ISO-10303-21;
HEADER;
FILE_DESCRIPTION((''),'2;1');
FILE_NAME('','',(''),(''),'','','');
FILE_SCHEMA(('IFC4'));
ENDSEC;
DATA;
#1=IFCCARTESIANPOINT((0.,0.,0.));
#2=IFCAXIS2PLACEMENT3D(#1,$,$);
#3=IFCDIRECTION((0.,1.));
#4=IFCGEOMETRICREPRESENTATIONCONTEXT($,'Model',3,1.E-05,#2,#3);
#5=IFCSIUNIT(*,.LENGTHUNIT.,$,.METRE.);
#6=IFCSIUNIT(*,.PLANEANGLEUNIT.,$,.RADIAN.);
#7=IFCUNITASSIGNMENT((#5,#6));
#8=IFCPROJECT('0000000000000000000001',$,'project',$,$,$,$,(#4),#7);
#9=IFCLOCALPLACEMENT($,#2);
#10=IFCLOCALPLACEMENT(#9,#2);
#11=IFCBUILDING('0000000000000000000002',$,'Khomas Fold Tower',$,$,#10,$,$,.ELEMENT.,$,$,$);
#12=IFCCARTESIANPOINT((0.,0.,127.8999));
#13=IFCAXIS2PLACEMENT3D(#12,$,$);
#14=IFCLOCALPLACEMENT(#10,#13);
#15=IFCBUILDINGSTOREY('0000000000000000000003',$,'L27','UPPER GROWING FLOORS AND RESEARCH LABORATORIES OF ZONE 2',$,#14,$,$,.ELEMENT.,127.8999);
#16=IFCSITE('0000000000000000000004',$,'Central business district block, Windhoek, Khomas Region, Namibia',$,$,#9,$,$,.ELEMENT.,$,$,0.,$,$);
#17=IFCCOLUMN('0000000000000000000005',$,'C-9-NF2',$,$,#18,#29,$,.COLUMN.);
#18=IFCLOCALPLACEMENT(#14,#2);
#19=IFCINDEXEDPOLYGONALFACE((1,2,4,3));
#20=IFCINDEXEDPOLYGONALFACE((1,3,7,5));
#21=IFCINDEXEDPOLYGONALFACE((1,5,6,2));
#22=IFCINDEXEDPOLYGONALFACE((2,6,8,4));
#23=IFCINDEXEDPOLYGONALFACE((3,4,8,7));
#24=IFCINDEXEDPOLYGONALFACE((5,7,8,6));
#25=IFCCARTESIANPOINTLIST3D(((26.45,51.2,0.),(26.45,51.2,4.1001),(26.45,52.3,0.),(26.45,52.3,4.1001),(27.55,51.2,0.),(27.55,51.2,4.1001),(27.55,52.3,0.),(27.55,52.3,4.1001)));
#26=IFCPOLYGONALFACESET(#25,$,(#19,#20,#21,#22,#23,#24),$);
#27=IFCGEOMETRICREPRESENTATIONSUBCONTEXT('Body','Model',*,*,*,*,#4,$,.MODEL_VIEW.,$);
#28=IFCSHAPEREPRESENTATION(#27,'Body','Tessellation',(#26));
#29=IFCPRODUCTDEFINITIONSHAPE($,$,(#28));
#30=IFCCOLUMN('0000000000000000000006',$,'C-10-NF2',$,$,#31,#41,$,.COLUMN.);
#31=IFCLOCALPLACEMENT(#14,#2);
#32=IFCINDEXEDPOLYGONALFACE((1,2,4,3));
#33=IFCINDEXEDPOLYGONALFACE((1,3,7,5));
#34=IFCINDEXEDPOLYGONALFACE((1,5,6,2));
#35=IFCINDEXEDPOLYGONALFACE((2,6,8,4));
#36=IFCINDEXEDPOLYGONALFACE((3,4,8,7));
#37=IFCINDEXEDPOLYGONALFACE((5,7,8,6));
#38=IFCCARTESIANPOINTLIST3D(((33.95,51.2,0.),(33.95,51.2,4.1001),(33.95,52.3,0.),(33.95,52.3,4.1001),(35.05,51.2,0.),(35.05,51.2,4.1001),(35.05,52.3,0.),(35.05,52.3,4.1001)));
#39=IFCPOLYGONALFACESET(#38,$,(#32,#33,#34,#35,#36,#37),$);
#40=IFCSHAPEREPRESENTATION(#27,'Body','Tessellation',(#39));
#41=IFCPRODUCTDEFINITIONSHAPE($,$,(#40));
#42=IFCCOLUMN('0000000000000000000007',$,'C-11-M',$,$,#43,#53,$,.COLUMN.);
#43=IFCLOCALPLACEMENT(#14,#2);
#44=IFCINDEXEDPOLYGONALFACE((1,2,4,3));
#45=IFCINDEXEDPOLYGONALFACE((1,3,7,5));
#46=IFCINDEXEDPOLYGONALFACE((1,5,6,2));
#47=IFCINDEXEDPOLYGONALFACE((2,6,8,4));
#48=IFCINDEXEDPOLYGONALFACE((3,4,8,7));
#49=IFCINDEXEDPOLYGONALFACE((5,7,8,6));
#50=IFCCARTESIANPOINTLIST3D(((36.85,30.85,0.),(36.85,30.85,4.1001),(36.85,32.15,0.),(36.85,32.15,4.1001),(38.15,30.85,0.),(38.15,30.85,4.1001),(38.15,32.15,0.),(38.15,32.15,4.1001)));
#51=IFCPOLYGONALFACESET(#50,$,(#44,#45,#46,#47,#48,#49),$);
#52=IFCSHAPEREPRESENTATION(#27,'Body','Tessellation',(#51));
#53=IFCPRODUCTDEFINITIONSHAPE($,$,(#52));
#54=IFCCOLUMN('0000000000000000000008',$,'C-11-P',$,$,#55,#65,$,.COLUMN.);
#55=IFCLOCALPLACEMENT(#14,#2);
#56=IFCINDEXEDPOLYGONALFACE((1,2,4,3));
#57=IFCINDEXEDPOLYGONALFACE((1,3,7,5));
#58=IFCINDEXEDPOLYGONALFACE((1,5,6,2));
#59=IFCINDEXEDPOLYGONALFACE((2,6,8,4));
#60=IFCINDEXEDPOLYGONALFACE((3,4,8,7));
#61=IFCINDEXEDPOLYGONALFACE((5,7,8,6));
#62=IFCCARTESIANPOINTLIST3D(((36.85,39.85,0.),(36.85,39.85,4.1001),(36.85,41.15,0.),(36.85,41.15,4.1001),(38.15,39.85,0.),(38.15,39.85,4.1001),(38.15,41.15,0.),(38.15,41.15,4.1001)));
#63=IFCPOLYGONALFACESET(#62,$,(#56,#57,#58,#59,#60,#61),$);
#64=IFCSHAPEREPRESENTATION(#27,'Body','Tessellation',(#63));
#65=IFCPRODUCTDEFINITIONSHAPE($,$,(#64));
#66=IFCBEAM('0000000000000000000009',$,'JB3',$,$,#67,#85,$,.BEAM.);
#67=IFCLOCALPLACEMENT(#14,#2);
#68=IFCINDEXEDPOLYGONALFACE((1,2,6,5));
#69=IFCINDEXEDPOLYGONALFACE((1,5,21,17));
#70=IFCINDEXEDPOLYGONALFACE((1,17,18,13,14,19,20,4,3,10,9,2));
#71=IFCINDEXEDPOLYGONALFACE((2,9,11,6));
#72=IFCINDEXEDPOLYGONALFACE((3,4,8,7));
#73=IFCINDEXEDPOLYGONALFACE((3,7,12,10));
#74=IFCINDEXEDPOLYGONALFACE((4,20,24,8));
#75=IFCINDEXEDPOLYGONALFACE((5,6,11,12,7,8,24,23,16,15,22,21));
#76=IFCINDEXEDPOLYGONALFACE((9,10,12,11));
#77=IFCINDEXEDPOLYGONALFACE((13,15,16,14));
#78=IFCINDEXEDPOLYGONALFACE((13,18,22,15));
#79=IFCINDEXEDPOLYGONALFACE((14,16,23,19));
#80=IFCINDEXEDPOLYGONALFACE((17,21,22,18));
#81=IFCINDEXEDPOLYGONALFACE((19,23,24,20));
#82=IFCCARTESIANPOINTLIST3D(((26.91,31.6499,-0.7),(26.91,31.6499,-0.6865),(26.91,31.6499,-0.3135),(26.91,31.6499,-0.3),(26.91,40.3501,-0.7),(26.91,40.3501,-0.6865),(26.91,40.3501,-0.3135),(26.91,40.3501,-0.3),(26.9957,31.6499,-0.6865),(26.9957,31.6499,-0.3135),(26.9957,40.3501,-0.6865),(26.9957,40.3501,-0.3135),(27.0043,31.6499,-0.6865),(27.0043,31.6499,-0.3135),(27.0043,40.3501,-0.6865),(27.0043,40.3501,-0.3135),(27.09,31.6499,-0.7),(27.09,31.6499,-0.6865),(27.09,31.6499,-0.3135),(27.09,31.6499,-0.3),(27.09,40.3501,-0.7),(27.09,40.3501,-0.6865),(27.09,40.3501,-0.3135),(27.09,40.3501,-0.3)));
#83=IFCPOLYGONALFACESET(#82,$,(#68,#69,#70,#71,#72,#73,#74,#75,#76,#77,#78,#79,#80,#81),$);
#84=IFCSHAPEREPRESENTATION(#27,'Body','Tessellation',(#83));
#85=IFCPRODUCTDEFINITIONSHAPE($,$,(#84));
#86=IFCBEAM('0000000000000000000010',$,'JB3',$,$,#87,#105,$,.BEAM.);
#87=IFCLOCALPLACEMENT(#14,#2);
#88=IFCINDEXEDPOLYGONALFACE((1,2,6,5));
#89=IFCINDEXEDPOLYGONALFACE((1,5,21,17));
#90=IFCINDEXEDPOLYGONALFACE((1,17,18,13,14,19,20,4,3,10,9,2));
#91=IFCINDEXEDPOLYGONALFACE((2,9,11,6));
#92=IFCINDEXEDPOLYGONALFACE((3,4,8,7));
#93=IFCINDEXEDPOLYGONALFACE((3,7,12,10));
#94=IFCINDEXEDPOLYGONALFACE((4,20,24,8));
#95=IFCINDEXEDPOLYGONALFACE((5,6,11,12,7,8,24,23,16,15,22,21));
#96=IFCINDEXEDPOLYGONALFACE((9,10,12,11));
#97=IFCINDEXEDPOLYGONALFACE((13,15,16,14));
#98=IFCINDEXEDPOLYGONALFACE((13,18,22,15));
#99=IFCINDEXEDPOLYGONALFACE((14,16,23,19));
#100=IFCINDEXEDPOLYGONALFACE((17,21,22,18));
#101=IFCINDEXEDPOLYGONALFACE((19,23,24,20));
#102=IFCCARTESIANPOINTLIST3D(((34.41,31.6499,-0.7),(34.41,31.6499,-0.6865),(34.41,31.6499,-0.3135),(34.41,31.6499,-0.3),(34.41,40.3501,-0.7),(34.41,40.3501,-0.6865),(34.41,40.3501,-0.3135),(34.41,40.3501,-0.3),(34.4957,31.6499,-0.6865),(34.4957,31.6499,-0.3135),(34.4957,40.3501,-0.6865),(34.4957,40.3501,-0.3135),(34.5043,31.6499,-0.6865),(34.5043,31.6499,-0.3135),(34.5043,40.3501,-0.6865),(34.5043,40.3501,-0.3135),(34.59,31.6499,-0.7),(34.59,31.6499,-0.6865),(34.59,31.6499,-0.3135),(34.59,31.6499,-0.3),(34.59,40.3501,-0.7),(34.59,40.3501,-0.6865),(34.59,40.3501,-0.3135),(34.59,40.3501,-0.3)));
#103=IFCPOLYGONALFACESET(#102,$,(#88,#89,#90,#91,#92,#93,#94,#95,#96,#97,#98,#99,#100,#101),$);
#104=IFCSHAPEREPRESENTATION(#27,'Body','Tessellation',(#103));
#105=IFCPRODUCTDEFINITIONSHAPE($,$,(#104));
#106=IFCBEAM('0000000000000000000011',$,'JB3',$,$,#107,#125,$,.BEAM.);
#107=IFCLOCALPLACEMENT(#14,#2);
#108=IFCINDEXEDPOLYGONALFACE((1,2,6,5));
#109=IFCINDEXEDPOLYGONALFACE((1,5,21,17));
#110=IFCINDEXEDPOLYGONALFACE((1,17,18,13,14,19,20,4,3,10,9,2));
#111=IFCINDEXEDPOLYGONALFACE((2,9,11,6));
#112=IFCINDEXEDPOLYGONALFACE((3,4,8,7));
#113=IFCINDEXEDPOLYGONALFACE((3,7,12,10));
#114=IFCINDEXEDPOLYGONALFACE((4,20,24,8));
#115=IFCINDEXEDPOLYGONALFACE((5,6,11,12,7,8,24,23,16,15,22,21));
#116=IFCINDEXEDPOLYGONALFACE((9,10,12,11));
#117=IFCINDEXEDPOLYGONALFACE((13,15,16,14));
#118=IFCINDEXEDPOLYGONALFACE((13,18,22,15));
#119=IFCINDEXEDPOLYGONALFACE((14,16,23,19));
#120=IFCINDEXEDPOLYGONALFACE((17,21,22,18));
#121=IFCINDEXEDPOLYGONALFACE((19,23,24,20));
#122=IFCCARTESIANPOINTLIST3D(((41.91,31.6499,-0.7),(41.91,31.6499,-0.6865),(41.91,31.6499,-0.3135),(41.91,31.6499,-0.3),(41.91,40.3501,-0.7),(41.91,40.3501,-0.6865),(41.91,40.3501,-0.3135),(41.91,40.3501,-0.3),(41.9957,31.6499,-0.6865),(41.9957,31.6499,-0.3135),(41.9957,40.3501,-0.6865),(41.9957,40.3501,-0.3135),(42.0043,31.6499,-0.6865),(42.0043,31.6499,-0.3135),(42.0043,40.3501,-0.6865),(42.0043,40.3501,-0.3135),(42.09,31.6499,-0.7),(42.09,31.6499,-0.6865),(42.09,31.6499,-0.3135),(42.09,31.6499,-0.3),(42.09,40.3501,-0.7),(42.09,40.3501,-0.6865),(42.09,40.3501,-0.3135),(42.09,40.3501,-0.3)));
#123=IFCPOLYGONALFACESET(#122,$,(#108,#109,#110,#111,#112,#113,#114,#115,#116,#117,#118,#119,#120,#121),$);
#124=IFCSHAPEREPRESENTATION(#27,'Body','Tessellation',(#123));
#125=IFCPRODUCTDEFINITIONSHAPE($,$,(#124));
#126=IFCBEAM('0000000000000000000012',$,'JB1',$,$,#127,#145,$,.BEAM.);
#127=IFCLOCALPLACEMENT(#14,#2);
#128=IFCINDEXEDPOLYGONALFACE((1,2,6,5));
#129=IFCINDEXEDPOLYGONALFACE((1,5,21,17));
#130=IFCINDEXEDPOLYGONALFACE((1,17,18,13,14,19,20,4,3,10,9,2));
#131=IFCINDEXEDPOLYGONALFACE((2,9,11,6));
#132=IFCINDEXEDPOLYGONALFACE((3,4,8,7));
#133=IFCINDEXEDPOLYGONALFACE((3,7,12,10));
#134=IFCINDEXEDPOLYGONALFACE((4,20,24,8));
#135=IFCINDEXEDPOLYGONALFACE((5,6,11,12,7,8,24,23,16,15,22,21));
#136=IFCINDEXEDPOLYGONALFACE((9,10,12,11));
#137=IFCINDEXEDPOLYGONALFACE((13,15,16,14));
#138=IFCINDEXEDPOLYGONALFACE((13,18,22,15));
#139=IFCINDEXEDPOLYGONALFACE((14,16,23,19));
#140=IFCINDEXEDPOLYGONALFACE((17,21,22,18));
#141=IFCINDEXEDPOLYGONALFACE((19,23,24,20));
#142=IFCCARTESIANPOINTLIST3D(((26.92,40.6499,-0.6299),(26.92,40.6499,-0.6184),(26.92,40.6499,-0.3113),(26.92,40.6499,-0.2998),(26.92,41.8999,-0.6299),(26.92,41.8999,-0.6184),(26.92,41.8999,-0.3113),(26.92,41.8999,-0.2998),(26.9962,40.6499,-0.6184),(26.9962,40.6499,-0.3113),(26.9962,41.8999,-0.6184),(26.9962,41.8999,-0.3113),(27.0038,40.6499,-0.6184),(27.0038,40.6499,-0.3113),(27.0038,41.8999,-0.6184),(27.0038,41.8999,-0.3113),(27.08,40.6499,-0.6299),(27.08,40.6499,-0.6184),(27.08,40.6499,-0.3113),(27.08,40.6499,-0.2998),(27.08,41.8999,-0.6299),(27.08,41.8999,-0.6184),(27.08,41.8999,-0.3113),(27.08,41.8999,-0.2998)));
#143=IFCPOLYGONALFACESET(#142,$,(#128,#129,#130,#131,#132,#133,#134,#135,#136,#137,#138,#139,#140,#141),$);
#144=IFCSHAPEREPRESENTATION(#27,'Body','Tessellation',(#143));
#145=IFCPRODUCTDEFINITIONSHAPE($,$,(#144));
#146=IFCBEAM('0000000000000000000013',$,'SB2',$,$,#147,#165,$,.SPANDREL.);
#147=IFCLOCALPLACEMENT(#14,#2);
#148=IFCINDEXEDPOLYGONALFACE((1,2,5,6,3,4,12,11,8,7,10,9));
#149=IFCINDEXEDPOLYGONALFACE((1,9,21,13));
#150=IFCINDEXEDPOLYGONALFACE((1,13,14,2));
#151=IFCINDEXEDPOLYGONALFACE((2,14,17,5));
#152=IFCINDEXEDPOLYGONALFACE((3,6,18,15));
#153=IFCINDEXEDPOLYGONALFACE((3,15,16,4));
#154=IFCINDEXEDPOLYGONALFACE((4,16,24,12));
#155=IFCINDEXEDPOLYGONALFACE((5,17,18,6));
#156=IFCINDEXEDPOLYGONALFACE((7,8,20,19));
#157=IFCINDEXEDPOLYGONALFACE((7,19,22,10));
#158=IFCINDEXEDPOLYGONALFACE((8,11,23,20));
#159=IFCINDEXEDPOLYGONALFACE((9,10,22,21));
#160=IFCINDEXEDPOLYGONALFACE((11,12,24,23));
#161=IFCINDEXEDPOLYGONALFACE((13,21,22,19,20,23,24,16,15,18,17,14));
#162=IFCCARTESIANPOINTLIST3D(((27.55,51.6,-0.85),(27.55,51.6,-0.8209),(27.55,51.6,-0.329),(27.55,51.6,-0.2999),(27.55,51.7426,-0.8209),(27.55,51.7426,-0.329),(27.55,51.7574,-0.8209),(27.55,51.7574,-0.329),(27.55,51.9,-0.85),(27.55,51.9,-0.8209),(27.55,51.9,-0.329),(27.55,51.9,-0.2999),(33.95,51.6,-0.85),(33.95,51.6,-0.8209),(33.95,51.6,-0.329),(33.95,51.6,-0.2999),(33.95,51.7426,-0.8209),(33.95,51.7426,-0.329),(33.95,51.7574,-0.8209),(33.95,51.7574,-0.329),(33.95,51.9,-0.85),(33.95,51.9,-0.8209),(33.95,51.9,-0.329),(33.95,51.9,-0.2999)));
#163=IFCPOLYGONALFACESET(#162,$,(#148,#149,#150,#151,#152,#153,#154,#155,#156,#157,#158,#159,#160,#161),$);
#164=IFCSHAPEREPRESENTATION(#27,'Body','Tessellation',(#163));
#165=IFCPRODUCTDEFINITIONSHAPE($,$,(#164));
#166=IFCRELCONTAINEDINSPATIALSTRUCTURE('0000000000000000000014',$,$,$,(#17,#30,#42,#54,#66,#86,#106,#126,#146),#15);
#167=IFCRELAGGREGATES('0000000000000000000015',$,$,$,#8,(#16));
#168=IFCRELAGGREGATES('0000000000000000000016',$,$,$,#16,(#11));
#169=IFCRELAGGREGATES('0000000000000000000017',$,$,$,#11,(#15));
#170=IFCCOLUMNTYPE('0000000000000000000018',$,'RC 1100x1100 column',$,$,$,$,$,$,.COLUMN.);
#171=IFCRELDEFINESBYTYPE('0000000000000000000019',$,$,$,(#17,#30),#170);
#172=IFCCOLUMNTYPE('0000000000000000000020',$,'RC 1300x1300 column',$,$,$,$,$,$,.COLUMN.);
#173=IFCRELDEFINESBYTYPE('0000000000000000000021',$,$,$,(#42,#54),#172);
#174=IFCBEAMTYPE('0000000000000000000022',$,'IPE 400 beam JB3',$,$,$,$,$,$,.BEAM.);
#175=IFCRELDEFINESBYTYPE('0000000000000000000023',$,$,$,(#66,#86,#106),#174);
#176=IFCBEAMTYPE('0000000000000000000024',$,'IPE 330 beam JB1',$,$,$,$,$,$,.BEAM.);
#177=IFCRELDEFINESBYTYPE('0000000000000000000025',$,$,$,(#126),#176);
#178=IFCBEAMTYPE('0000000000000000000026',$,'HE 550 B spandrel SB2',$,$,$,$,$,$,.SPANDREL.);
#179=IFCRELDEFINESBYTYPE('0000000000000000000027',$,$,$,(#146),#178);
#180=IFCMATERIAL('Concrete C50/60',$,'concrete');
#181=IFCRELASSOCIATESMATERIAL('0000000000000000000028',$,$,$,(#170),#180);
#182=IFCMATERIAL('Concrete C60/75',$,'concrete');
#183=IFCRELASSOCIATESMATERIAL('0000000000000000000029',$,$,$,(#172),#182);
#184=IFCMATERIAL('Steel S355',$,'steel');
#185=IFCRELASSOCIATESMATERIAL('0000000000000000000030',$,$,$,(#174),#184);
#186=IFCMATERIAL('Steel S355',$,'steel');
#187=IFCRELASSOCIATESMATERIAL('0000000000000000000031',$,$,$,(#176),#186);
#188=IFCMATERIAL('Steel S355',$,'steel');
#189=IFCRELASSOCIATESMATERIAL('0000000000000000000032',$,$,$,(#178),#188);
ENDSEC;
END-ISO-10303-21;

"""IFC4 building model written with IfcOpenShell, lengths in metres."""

from ifc_helpers import new_model, si_unit, direction, frame, origin, origin_2d, place, context, subcontext, project, spatial, rectangle, i_section, extrude, source, transform, mapped, material, material_profile, profile_set, type_object, element, save


model = new_model("IFC4")

# Units and contexts
model_context = context("Model", 3, precision=1e-05, world=origin(), true_north=direction((0.0, 1.0)))
body_context = subcontext(model_context, "Body", "Model", "MODEL_VIEW")
ifc_project = project(units=[si_unit("LENGTHUNIT", "METRE"), si_unit("PLANEANGLEUNIT", "RADIAN")], contexts=[model_context])

# Site, building, storey
site_placement = place(None, origin())
site = spatial("IfcSite", under=ifc_project, at=site_placement, Name="Central business district block, Windhoek, Khomas Region, Namibia", CompositionType="ELEMENT", RefElevation=0.0)
building_placement = place(site_placement, origin())
building = spatial("IfcBuilding", under=site, at=building_placement, Name="Khomas Fold Tower", CompositionType="ELEMENT")
storey_placement = place(building_placement, frame((0.0, 0.0, 127.8999)))
storey = spatial("IfcBuildingStorey", under=building, at=storey_placement, Name="L27", Description="UPPER GROWING FLOORS AND RESEARCH LABORATORIES OF ZONE 2", CompositionType="ELEMENT", Elevation=127.8999)

# Columns
ifc_material_1 = material(Name="Concrete C50/60", Category="concrete")
ifc_material_profile_1 = material_profile(ifc_material_1, rectangle(XDim=1.1001, YDim=1.1001, at=origin_2d()), Name="RC 1100x1100")
ifc_profile_set_1 = profile_set([ifc_material_profile_1], Name="Concrete C50/60")
column_type_1 = type_object("IfcColumnType", Name="RC 1100x1100 column", PredefinedType="COLUMN", material=ifc_profile_set_1)
shared_shape_1 = source(origin(), body_context, "Body", "SweptSolid", [
    extrude(rectangle(XDim=1.1001, YDim=1.1001, at=origin_2d()), origin(), (0.0, 0.0, 1.0), 4.1001),
])
for number, where, z_axis, x_axis, name in (
    (1, (27.0, 51.75, 0.0), (0.0, 0.0, 1.0), (1.0, 0.0, 0.0), "C-9-NF2"),
    (2, (34.5, 51.75, 0.0), (0.0, 0.0, 1.0), (1.0, 0.0, 0.0), "C-10-NF2"),
):
    element("IfcColumn", number, at=place(storey_placement, frame(where, z_axis=z_axis, x_axis=x_axis)), inside=storey, type_object=column_type_1, Name=name, PredefinedType="COLUMN", context=body_context, shape_type="MappedRepresentation", body=[
        mapped(shared_shape_1, transform((0.0, 0.0, 0.0))),
    ])
ifc_material_2 = material(Name="Concrete C60/75", Category="concrete")
ifc_material_profile_2 = material_profile(ifc_material_2, rectangle(XDim=1.3, YDim=1.3, at=origin_2d()), Name="RC 1300x1300")
ifc_profile_set_2 = profile_set([ifc_material_profile_2], Name="Concrete C60/75")
column_type_2 = type_object("IfcColumnType", Name="RC 1300x1300 column", PredefinedType="COLUMN", material=ifc_profile_set_2)
shared_shape_2 = source(origin(), body_context, "Body", "SweptSolid", [
    extrude(rectangle(XDim=1.3, YDim=1.3, at=origin_2d()), origin(), (0.0, 0.0, 1.0), 4.1001),
])
for number, where, z_axis, x_axis, name in (
    (3, (37.5, 31.5, 0.0), (0.0, 0.0, 1.0), (1.0, 0.0, 0.0), "C-11-M"),
    (4, (37.5, 40.5, 0.0), (0.0, 0.0, 1.0), (1.0, 0.0, 0.0), "C-11-P"),
):
    element("IfcColumn", number, at=place(storey_placement, frame(where, z_axis=z_axis, x_axis=x_axis)), inside=storey, type_object=column_type_2, Name=name, PredefinedType="COLUMN", context=body_context, shape_type="MappedRepresentation", body=[
        mapped(shared_shape_2, transform((0.0, 0.0, 0.0))),
    ])

# Beams
ifc_material_3 = material(Name="Steel S355", Category="steel")
ifc_material_profile_3 = material_profile(ifc_material_3, i_section(OverallWidth=0.1799, OverallDepth=0.3999, WebThickness=0.0085, FlangeThickness=0.0134, at=origin_2d()), Name="IPE 400")
ifc_profile_set_3 = profile_set([ifc_material_profile_3], Name="Steel S355")
beam_type_1 = type_object("IfcBeamType", Name="IPE 400 beam JB3", PredefinedType="BEAM", material=ifc_profile_set_3)
shared_shape_3 = source(origin(), body_context, "Body", "SweptSolid", [
    extrude(i_section(OverallWidth=0.1799, OverallDepth=0.3999, WebThickness=0.0085, FlangeThickness=0.0134, at=origin_2d()), origin(), (0.0, 0.0, 1.0), 8.7002),
])
for number, where, z_axis, x_axis, name in (
    (5, (27.0, 31.6499, -0.5), (0.0, 1.0, 0.0), (-1.0, 0.0, 0.0), "JB3"),
    (6, (34.5, 31.6499, -0.5), (0.0, 1.0, 0.0), (-1.0, 0.0, 0.0), "JB3"),
    (7, (42.0, 31.6499, -0.5), (0.0, 1.0, 0.0), (-1.0, 0.0, 0.0), "JB3"),
):
    element("IfcBeam", number, at=place(storey_placement, frame(where, z_axis=z_axis, x_axis=x_axis)), inside=storey, type_object=beam_type_1, Name=name, PredefinedType="BEAM", context=body_context, shape_type="MappedRepresentation", body=[
        mapped(shared_shape_3, transform((0.0, 0.0, 0.0))),
    ])
ifc_material_4 = material(Name="Steel S355", Category="steel")
ifc_material_profile_4 = material_profile(ifc_material_4, i_section(OverallWidth=0.1599, OverallDepth=0.3301, WebThickness=0.0076, FlangeThickness=0.0115, at=origin_2d()), Name="IPE 330")
ifc_profile_set_4 = profile_set([ifc_material_profile_4], Name="Steel S355")
beam_type_2 = type_object("IfcBeamType", Name="IPE 330 beam JB1", PredefinedType="BEAM", material=ifc_profile_set_4)
shared_shape_4 = source(origin(), body_context, "Body", "SweptSolid", [
    extrude(i_section(OverallWidth=0.1599, OverallDepth=0.3301, WebThickness=0.0076, FlangeThickness=0.0115, at=origin_2d()), origin(), (0.0, 0.0, 1.0), 1.25),
])
beam_1_placement = place(storey_placement, frame((27.0, 40.6499, -0.4648), z_axis=(0.0, 1.0, 0.0), x_axis=(-1.0, 0.0, 0.0)))
element("IfcBeam", 8, at=beam_1_placement, inside=storey, type_object=beam_type_2, Name="JB1", PredefinedType="BEAM", context=body_context, shape_type="MappedRepresentation", body=[
    mapped(shared_shape_4, transform((0.0, 0.0, 0.0))),
])
ifc_material_5 = material(Name="Steel S355", Category="steel")
ifc_material_profile_5 = material_profile(ifc_material_5, i_section(OverallWidth=0.3, OverallDepth=0.55, WebThickness=0.0149, FlangeThickness=0.0291, at=origin_2d()), Name="HE 550 B")
ifc_profile_set_5 = profile_set([ifc_material_profile_5], Name="Steel S355")
beam_type_3 = type_object("IfcBeamType", Name="HE 550 B spandrel SB2", PredefinedType="SPANDREL", material=ifc_profile_set_5)
shared_shape_5 = source(origin(), body_context, "Body", "SweptSolid", [
    extrude(i_section(OverallWidth=0.3, OverallDepth=0.55, WebThickness=0.0149, FlangeThickness=0.0291, at=origin_2d()), origin(), (0.0, 0.0, 1.0), 6.3999),
])
beam_2_placement = place(storey_placement, frame((27.55, 51.75, -0.575), z_axis=(1.0, 0.0, 0.0), x_axis=(0.0, 1.0, 0.0)))
element("IfcBeam", 9, at=beam_2_placement, inside=storey, type_object=beam_type_3, Name="SB2", PredefinedType="SPANDREL", context=body_context, shape_type="MappedRepresentation", body=[
    mapped(shared_shape_5, transform((0.0, 0.0, 0.0))),
])

save(model, "model.ifc")
